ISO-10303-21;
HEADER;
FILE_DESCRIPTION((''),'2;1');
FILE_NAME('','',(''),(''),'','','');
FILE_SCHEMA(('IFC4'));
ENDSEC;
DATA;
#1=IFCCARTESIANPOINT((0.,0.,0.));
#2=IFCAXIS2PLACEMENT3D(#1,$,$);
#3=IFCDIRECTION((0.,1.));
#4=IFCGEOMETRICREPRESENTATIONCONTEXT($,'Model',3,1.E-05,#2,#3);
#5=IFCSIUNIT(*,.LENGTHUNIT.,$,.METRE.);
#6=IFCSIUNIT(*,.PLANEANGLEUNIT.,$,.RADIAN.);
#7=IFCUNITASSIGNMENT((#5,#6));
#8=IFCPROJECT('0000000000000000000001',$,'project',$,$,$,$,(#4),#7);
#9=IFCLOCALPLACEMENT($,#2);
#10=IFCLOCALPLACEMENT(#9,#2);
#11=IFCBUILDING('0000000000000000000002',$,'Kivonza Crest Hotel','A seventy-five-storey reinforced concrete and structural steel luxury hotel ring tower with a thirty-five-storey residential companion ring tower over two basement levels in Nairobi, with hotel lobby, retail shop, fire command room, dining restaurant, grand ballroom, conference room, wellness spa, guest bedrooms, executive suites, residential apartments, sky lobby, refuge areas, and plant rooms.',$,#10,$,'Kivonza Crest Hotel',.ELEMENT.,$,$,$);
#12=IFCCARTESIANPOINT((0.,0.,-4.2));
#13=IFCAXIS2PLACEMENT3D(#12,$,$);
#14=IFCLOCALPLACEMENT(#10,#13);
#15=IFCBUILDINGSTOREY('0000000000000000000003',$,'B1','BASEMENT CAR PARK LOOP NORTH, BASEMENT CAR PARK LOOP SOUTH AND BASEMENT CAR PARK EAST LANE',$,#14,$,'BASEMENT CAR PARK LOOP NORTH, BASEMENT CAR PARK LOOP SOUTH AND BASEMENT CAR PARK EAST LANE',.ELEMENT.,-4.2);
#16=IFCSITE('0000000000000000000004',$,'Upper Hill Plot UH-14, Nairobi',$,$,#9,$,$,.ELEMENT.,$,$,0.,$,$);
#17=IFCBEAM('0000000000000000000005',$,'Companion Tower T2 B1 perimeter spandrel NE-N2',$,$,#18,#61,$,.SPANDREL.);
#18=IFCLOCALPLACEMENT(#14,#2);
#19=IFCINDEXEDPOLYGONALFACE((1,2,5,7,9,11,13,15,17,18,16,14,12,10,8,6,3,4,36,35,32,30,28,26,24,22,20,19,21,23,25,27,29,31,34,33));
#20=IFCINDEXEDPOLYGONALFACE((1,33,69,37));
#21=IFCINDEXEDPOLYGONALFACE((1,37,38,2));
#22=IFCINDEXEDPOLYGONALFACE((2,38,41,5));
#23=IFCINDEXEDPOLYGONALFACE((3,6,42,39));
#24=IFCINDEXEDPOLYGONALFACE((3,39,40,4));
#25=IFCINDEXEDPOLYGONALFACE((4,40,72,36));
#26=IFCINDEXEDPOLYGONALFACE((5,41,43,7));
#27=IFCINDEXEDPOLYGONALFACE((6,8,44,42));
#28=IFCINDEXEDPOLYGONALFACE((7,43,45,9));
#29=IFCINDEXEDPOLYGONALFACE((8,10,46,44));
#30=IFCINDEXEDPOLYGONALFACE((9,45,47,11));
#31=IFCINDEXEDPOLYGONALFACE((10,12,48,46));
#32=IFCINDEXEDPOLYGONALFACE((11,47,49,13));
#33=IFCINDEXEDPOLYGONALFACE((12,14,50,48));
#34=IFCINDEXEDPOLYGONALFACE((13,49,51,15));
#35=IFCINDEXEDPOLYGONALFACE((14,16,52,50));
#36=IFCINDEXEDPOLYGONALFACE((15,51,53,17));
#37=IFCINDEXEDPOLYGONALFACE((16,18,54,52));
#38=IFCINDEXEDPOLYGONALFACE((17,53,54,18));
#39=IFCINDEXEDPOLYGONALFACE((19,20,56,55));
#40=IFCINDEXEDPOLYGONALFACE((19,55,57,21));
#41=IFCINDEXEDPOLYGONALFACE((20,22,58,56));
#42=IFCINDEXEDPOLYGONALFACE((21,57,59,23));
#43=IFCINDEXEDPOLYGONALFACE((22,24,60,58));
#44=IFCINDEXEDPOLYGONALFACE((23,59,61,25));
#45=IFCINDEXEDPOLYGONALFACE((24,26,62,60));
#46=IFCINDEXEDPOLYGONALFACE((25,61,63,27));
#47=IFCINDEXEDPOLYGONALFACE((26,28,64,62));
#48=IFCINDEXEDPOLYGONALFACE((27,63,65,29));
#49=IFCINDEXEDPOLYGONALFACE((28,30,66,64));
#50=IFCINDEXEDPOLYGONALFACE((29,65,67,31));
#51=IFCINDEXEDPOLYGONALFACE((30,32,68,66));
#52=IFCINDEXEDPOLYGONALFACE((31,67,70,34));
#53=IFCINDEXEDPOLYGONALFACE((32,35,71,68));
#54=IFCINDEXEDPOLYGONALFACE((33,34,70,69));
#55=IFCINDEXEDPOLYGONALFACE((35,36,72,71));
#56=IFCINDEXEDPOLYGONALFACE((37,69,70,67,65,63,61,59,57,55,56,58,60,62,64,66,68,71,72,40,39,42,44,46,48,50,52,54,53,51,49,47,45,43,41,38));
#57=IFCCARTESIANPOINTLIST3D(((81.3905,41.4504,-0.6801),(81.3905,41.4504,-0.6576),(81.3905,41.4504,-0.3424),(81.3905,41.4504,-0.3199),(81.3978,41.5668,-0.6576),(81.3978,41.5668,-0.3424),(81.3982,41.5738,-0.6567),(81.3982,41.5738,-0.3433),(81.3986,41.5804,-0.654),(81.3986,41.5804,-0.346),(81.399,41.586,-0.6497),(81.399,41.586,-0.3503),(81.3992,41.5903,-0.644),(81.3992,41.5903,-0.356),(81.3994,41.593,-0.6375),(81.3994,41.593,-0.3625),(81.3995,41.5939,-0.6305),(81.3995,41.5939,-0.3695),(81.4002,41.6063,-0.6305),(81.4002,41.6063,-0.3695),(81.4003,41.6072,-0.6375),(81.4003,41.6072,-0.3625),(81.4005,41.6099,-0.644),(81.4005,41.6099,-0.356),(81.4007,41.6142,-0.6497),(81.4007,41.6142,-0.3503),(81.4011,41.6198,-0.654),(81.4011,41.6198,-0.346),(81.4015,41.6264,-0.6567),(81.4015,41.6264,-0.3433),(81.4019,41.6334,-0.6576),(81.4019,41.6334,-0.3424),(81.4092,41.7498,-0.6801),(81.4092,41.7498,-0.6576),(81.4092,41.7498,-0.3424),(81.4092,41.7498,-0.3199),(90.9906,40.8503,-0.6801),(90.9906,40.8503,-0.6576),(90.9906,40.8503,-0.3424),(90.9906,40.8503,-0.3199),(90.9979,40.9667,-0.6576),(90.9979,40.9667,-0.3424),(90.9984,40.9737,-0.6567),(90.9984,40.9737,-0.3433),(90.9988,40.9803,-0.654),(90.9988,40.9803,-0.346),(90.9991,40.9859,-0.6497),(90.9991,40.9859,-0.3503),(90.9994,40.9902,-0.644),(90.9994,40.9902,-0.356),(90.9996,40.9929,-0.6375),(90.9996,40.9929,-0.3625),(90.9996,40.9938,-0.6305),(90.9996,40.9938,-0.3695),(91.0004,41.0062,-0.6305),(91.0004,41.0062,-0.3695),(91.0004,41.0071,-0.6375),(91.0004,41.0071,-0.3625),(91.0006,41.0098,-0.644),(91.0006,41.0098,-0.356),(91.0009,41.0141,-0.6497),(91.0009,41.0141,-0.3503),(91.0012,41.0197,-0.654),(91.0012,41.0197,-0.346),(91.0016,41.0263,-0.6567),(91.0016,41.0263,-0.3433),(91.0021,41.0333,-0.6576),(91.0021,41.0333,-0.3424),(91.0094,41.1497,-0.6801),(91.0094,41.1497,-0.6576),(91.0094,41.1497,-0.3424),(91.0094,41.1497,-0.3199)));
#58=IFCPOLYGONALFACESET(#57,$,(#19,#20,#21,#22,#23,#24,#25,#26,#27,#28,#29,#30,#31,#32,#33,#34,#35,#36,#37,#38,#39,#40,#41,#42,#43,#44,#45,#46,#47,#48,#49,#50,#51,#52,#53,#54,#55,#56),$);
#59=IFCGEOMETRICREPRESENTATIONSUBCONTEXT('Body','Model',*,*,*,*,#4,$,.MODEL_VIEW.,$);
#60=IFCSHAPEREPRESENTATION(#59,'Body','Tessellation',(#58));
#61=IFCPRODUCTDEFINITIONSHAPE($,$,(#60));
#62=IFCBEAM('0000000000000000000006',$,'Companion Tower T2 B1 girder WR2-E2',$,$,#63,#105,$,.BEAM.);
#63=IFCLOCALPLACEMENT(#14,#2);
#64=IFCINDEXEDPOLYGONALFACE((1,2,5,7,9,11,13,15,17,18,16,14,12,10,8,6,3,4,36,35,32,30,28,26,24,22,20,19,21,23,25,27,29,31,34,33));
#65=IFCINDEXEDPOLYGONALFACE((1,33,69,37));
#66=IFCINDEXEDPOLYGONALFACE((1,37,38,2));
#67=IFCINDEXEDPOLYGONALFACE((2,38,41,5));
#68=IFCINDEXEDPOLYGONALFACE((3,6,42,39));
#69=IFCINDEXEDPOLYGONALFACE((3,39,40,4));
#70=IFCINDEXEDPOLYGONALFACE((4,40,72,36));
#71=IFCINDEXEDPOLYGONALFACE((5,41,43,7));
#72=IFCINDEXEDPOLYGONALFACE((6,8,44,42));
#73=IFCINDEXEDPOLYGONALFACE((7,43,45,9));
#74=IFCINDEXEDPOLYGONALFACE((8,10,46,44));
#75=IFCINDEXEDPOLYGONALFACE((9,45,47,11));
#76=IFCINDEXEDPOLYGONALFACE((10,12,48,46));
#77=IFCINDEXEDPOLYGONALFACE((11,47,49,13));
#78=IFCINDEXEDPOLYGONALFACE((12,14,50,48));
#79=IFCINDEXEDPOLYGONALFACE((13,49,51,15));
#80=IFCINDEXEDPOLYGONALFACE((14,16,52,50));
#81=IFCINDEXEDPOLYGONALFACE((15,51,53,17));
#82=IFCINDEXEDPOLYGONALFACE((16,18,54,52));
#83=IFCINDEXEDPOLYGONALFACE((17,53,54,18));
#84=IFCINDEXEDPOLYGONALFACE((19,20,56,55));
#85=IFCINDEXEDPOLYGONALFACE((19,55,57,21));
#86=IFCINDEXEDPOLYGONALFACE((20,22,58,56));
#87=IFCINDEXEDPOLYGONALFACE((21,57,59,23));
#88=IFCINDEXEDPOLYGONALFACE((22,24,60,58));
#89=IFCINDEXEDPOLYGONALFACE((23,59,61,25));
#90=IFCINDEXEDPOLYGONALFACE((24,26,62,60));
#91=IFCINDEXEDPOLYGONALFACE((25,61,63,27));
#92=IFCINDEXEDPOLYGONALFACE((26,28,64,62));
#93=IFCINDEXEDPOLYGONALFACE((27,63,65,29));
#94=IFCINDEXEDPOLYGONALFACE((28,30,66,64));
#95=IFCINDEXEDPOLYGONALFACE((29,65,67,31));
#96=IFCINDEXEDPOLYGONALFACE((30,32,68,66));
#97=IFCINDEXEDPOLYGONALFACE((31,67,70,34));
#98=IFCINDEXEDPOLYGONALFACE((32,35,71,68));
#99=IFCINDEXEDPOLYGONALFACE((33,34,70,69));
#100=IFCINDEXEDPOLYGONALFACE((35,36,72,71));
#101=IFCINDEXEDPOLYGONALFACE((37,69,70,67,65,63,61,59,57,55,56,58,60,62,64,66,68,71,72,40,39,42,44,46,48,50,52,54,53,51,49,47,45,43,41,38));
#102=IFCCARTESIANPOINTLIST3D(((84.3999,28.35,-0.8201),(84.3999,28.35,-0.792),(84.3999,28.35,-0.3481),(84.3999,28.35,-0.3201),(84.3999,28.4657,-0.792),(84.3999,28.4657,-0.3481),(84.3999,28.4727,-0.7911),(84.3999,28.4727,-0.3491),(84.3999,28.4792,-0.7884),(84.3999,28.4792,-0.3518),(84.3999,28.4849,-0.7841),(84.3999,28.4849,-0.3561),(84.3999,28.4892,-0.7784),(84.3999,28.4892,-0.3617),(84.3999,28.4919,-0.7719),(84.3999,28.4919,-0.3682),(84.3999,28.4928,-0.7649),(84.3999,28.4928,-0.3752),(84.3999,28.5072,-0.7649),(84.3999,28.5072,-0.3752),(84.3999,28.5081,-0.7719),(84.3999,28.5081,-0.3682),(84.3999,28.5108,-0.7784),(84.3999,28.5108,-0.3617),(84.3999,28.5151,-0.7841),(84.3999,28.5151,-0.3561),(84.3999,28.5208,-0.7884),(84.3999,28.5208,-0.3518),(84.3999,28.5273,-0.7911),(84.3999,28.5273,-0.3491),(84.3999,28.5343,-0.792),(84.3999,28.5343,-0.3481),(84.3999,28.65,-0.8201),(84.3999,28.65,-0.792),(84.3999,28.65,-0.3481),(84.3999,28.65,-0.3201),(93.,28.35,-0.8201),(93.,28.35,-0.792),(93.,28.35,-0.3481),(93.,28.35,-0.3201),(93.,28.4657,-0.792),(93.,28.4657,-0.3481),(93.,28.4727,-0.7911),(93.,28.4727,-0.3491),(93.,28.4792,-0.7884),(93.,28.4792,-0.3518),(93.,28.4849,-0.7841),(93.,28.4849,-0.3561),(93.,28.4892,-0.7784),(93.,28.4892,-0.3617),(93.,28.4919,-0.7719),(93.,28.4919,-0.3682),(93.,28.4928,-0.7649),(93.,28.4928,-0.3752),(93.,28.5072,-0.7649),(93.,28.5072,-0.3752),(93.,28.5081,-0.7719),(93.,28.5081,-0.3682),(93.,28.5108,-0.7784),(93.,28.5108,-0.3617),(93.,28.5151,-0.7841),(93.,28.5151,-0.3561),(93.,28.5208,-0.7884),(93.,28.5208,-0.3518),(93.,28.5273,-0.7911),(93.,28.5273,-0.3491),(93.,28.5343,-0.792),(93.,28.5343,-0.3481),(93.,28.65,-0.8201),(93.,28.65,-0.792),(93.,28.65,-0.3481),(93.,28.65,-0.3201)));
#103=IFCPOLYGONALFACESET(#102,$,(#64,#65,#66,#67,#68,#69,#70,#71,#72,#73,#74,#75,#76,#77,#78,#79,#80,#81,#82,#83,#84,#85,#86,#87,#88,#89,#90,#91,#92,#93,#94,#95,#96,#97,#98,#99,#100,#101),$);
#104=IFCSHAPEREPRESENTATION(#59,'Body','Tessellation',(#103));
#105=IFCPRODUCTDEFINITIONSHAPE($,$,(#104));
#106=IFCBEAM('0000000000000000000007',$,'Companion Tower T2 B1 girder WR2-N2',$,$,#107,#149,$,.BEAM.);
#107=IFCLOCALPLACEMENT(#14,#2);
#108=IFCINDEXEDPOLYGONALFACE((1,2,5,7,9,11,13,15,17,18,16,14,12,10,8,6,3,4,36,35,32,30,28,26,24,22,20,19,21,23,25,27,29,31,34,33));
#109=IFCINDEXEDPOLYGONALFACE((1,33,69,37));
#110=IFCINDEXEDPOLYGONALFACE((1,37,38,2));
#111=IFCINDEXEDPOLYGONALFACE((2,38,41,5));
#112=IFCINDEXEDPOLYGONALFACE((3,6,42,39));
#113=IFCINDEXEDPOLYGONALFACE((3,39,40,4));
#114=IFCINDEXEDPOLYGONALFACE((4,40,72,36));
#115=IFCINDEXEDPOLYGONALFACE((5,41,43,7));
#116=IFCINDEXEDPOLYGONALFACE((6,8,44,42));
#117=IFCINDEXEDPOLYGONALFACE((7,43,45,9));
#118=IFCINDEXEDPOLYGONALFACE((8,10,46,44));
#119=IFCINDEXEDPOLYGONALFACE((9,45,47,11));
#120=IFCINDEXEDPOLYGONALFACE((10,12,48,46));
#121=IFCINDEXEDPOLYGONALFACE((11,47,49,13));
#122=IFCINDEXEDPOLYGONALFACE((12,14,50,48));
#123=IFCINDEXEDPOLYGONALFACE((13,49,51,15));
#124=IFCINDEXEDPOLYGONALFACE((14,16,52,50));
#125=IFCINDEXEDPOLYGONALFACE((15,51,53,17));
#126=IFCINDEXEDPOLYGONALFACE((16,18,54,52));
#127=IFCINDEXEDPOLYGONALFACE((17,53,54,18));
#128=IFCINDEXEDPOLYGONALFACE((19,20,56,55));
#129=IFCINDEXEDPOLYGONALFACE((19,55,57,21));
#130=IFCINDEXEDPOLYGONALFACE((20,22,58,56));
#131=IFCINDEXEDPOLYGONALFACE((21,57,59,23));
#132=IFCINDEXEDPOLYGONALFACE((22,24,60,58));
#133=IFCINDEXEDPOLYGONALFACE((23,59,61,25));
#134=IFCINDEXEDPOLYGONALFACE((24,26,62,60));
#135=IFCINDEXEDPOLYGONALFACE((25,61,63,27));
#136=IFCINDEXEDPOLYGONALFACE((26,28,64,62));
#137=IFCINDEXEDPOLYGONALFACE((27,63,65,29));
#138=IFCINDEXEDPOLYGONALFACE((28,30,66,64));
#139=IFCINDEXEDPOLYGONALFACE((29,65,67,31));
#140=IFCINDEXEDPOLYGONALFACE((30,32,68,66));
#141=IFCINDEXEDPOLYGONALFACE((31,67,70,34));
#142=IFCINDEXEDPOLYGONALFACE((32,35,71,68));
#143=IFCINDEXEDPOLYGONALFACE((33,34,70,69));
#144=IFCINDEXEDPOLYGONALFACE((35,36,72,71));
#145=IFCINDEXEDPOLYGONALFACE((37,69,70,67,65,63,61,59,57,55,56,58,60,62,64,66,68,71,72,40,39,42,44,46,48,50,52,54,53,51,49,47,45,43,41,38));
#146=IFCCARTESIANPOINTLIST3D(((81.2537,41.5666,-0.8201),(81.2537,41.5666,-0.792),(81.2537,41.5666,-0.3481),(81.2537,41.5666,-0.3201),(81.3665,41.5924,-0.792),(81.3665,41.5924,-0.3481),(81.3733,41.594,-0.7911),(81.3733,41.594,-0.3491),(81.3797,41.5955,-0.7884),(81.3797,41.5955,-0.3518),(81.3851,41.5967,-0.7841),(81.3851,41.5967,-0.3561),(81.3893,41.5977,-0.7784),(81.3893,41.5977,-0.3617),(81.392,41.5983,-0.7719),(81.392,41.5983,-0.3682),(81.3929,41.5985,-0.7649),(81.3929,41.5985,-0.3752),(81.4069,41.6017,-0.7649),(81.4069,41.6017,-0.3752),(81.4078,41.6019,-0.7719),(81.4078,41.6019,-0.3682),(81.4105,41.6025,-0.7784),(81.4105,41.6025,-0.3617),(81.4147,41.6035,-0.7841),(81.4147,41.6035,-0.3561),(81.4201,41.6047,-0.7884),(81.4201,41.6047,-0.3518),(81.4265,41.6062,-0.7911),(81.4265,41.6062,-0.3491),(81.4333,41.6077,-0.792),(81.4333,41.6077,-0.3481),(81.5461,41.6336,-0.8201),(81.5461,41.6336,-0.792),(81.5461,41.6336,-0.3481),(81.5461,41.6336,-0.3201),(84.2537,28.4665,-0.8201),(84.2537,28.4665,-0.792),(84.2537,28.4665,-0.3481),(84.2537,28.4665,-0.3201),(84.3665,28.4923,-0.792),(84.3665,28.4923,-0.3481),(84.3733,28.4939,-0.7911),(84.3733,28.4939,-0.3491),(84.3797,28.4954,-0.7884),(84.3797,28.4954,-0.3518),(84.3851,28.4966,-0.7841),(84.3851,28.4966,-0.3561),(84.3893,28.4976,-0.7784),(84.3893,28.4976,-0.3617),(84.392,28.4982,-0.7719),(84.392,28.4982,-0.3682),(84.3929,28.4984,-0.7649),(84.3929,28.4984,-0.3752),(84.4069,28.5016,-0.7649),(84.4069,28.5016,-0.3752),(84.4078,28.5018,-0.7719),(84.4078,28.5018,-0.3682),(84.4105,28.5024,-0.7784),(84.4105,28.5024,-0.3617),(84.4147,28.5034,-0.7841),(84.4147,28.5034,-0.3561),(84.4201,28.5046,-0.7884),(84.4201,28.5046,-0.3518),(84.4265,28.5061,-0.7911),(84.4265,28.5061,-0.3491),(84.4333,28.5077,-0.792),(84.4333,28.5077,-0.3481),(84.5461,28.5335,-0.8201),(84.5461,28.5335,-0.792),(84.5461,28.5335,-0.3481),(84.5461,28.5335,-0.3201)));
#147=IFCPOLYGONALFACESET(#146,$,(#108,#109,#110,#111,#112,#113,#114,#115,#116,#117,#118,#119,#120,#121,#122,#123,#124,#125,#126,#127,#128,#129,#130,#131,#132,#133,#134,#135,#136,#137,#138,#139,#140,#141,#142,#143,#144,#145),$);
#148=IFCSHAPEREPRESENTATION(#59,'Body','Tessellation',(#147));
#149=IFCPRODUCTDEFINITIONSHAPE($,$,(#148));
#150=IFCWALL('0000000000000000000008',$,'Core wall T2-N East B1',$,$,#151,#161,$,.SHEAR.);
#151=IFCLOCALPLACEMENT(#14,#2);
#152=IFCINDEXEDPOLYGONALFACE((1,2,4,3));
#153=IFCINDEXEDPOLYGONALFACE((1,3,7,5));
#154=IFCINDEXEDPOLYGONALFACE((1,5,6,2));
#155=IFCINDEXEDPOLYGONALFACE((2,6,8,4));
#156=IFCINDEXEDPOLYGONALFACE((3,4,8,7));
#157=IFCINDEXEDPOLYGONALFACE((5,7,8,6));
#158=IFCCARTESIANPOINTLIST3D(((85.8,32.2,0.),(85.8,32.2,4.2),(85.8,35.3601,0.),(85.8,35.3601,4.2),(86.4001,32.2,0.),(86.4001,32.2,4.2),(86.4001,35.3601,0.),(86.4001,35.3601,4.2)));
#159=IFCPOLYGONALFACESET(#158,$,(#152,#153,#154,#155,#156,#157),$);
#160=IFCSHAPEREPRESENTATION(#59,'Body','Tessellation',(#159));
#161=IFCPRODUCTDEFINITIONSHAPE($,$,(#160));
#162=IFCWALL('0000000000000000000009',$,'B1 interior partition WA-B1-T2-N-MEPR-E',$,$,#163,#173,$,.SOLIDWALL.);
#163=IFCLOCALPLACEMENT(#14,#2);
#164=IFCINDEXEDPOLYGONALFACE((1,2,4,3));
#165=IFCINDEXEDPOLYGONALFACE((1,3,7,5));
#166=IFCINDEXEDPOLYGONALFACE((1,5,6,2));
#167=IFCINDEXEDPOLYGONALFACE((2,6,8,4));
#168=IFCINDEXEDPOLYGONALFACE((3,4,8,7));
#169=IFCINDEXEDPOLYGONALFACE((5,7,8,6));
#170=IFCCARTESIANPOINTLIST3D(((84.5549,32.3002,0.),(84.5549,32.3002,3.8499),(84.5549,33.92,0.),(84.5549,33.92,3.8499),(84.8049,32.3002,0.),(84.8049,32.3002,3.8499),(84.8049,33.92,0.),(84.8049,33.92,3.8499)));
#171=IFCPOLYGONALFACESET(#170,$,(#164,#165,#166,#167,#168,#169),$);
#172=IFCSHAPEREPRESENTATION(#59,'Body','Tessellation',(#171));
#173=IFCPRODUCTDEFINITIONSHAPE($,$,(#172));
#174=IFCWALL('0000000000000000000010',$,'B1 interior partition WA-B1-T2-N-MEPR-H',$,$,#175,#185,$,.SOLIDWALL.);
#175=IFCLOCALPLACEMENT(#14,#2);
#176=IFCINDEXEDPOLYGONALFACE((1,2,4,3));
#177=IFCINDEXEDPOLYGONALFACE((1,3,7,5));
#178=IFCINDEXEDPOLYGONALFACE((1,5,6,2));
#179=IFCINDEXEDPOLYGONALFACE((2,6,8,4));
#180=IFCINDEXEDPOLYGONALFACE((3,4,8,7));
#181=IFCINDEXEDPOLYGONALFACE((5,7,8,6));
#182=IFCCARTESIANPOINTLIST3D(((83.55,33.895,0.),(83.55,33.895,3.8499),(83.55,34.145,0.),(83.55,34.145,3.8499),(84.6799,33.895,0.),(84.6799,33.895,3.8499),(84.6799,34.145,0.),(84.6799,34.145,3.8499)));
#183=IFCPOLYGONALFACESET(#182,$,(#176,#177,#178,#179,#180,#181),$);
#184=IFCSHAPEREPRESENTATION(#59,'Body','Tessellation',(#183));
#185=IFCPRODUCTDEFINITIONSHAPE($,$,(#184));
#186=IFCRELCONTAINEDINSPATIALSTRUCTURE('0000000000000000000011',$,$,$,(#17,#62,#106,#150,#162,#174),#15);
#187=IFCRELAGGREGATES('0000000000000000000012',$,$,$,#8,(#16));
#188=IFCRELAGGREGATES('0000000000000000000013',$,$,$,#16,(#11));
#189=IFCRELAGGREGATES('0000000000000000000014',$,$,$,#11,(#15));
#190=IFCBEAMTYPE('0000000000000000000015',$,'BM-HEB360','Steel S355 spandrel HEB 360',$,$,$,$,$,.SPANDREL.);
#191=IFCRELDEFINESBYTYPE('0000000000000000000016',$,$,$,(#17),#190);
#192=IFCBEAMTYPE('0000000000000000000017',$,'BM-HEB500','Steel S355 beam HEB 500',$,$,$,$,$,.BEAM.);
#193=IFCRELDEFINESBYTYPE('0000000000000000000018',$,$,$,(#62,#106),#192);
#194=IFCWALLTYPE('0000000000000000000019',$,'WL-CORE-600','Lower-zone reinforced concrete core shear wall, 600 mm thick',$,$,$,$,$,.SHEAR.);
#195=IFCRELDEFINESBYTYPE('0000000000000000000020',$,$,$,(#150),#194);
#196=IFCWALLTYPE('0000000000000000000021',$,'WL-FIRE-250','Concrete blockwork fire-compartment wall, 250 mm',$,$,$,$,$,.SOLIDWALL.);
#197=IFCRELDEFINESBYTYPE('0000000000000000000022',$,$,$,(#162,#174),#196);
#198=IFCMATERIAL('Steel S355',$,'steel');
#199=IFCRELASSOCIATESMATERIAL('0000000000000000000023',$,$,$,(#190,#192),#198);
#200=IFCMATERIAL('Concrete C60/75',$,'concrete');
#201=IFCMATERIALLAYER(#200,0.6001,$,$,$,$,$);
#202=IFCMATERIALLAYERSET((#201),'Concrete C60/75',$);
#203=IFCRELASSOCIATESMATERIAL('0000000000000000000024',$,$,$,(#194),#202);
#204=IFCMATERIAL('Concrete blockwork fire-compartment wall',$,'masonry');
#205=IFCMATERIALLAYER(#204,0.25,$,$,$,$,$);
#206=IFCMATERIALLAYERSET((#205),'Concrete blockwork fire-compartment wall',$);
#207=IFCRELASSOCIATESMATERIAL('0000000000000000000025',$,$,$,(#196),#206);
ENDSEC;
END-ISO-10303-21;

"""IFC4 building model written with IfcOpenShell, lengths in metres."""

from ifc_helpers import new_model, si_unit, direction, frame, frame_2d, origin, origin_2d, place, context, subcontext, project, spatial, rectangle, i_section, extrude, material, layer, layer_set, material_profile, profile_set, type_object, element, save


model = new_model("IFC4")

# Units and contexts
model_context = context("Model", 3, precision=1e-05, world=origin(), true_north=direction((0.0, 1.0)))
body_context = subcontext(model_context, "Body", "Model", "MODEL_VIEW")
ifc_project = project(units=[si_unit("LENGTHUNIT", "METRE"), si_unit("PLANEANGLEUNIT", "RADIAN")], contexts=[model_context])

# Site, building, storey
site_placement = place(None, origin())
site = spatial("IfcSite", under=ifc_project, at=site_placement, Name="Upper Hill Plot UH-14, Nairobi", CompositionType="ELEMENT", RefElevation=0.0)
building_placement = place(site_placement, origin())
building = spatial("IfcBuilding", under=site, at=building_placement, Name="Kivonza Crest Hotel", Description="A seventy-five-storey reinforced concrete and structural steel luxury hotel ring tower with a thirty-five-storey residential companion ring tower over two basement levels in Nairobi, with hotel lobby, retail shop, fire command room, dining restaurant, grand ballroom, conference room, wellness spa, guest bedrooms, executive suites, residential apartments, sky lobby, refuge areas, and plant rooms.", LongName="Kivonza Crest Hotel", CompositionType="ELEMENT")
storey_placement = place(building_placement, frame((0.0, 0.0, -4.2)))
storey = spatial("IfcBuildingStorey", under=building, at=storey_placement, Name="B1", Description="BASEMENT CAR PARK LOOP NORTH, BASEMENT CAR PARK LOOP SOUTH AND BASEMENT CAR PARK EAST LANE", LongName="BASEMENT CAR PARK LOOP NORTH, BASEMENT CAR PARK LOOP SOUTH AND BASEMENT CAR PARK EAST LANE", CompositionType="ELEMENT", Elevation=-4.2)

# Shared definitions
ifc_material_1 = material(Name="Concrete C60/75", Category="concrete")

# Beams
ifc_material_2 = material(Name="Steel S355", Category="steel")
ifc_material_profile_1 = material_profile(ifc_material_2, i_section(OverallWidth=0.3, OverallDepth=0.3601, WebThickness=0.0125, FlangeThickness=0.0225, FilletRadius=0.0271, at=origin_2d()), Name="HEB 360")
ifc_profile_set_1 = profile_set([ifc_material_profile_1], Name="Steel S355")
beam_type_1 = type_object("IfcBeamType", Name="BM-HEB360", Description="Steel S355 spandrel HEB 360", PredefinedType="SPANDREL", material=ifc_profile_set_1)
beam_1_placement = place(storey_placement, frame((91.0, 41.0, -0.5), z_axis=(-0.998052, 0.062388, 0.0), x_axis=(-0.062388, -0.998052, 0.0)))
element("IfcBeam", 1, at=beam_1_placement, inside=storey, type_object=beam_type_1, Name="Companion Tower T2 B1 perimeter spandrel NE-N2", PredefinedType="SPANDREL", context=body_context, shape_type="SweptSolid", body=[
    extrude(i_section(OverallWidth=0.3, OverallDepth=0.3601, WebThickness=0.0125, FlangeThickness=0.0225, FilletRadius=0.0271, at=origin_2d()), origin(), (0.0, 0.0, 1.0), 9.6189),
])
ifc_material_profile_2 = material_profile(ifc_material_2, i_section(OverallWidth=0.3, OverallDepth=0.5, WebThickness=0.0144, FlangeThickness=0.0281, FilletRadius=0.0271, at=origin_2d()), Name="HEB 500")
ifc_profile_set_2 = profile_set([ifc_material_profile_2], Name="Steel S355")
beam_type_2 = type_object("IfcBeamType", Name="BM-HEB500", Description="Steel S355 beam HEB 500", PredefinedType="BEAM", material=ifc_profile_set_2)
beam_2_placement = place(storey_placement, frame((84.3999, 28.5, -0.5701), z_axis=(1.0, 0.0, 0.0), x_axis=(0.0, 1.0, 0.0)))
element("IfcBeam", 2, at=beam_2_placement, inside=storey, type_object=beam_type_2, Name="Companion Tower T2 B1 girder WR2-E2", PredefinedType="BEAM", context=body_context, shape_type="SweptSolid", body=[
    extrude(i_section(OverallWidth=0.3, OverallDepth=0.5, WebThickness=0.0144, FlangeThickness=0.0281, FilletRadius=0.0271, at=origin_2d()), origin(), (0.0, 0.0, 1.0), 8.6001),
])
beam_3_placement = place(storey_placement, frame((84.3999, 28.5, -0.5701), z_axis=(-0.223227, 0.974766, 0.0), x_axis=(-0.974766, -0.223227, 0.0)))
element("IfcBeam", 3, at=beam_3_placement, inside=storey, type_object=beam_type_2, Name="Companion Tower T2 B1 girder WR2-N2", PredefinedType="BEAM", context=body_context, shape_type="SweptSolid", body=[
    extrude(i_section(OverallWidth=0.3, OverallDepth=0.5, WebThickness=0.0144, FlangeThickness=0.0281, FilletRadius=0.0271, at=origin_2d()), origin(), (0.0, 0.0, 1.0), 13.4392),
])

# Walls
ifc_layer_1 = layer(ifc_material_1, 0.6001)
ifc_layer_set_1 = layer_set([ifc_layer_1], Name="Concrete C60/75")
wall_type_1 = type_object("IfcWallType", Name="WL-CORE-600", Description="Lower-zone reinforced concrete core shear wall, 600 mm thick", PredefinedType="SHEAR", material=ifc_layer_set_1)
wall_1_placement = place(storey_placement, frame((86.1001, 32.2, 0.0), z_axis=(0.0, 0.0, 1.0), x_axis=(0.0, 1.0, 0.0)))
element("IfcWall", 4, at=wall_1_placement, inside=storey, type_object=wall_type_1, Name="Core wall T2-N East B1", PredefinedType="SHEAR", context=body_context, shape_type="SweptSolid", body=[
    extrude(rectangle(XDim=3.1602, YDim=0.6001, at=frame_2d((1.5801, 0.0))), origin(), (0.0, 0.0, 1.0), 4.2),
])
ifc_material_3 = material(Name="Concrete blockwork fire-compartment wall", Category="masonry")
ifc_layer_2 = layer(ifc_material_3, 0.25)
ifc_layer_set_2 = layer_set([ifc_layer_2], Name="Concrete blockwork fire-compartment wall")
wall_type_2 = type_object("IfcWallType", Name="WL-FIRE-250", Description="Concrete blockwork fire-compartment wall, 250 mm", PredefinedType="SOLIDWALL", material=ifc_layer_set_2)
wall_2_placement = place(storey_placement, frame((84.6799, 32.3, 0.0), z_axis=(0.0, 0.0, 1.0), x_axis=(0.0, 1.0, 0.0)))
element("IfcWall", 5, at=wall_2_placement, inside=storey, type_object=wall_type_2, Name="B1 interior partition WA-B1-T2-N-MEPR-E", PredefinedType="SOLIDWALL", context=body_context, shape_type="SweptSolid", body=[
    extrude(rectangle(XDim=1.6199, YDim=0.25, at=frame_2d((0.8101, 0.0))), origin(), (0.0, 0.0, 1.0), 3.8499),
])
wall_3_placement = place(storey_placement, frame((83.55, 34.02, 0.0), z_axis=(0.0, 0.0, 1.0), x_axis=(1.0, 0.0, 0.0)))
element("IfcWall", 6, at=wall_3_placement, inside=storey, type_object=wall_type_2, Name="B1 interior partition WA-B1-T2-N-MEPR-H", PredefinedType="SOLIDWALL", context=body_context, shape_type="SweptSolid", body=[
    extrude(rectangle(XDim=1.1299, YDim=0.25, at=frame_2d((0.5649, 0.0))), origin(), (0.0, 0.0, 1.0), 3.8499),
])

save(model, "model.ifc")
